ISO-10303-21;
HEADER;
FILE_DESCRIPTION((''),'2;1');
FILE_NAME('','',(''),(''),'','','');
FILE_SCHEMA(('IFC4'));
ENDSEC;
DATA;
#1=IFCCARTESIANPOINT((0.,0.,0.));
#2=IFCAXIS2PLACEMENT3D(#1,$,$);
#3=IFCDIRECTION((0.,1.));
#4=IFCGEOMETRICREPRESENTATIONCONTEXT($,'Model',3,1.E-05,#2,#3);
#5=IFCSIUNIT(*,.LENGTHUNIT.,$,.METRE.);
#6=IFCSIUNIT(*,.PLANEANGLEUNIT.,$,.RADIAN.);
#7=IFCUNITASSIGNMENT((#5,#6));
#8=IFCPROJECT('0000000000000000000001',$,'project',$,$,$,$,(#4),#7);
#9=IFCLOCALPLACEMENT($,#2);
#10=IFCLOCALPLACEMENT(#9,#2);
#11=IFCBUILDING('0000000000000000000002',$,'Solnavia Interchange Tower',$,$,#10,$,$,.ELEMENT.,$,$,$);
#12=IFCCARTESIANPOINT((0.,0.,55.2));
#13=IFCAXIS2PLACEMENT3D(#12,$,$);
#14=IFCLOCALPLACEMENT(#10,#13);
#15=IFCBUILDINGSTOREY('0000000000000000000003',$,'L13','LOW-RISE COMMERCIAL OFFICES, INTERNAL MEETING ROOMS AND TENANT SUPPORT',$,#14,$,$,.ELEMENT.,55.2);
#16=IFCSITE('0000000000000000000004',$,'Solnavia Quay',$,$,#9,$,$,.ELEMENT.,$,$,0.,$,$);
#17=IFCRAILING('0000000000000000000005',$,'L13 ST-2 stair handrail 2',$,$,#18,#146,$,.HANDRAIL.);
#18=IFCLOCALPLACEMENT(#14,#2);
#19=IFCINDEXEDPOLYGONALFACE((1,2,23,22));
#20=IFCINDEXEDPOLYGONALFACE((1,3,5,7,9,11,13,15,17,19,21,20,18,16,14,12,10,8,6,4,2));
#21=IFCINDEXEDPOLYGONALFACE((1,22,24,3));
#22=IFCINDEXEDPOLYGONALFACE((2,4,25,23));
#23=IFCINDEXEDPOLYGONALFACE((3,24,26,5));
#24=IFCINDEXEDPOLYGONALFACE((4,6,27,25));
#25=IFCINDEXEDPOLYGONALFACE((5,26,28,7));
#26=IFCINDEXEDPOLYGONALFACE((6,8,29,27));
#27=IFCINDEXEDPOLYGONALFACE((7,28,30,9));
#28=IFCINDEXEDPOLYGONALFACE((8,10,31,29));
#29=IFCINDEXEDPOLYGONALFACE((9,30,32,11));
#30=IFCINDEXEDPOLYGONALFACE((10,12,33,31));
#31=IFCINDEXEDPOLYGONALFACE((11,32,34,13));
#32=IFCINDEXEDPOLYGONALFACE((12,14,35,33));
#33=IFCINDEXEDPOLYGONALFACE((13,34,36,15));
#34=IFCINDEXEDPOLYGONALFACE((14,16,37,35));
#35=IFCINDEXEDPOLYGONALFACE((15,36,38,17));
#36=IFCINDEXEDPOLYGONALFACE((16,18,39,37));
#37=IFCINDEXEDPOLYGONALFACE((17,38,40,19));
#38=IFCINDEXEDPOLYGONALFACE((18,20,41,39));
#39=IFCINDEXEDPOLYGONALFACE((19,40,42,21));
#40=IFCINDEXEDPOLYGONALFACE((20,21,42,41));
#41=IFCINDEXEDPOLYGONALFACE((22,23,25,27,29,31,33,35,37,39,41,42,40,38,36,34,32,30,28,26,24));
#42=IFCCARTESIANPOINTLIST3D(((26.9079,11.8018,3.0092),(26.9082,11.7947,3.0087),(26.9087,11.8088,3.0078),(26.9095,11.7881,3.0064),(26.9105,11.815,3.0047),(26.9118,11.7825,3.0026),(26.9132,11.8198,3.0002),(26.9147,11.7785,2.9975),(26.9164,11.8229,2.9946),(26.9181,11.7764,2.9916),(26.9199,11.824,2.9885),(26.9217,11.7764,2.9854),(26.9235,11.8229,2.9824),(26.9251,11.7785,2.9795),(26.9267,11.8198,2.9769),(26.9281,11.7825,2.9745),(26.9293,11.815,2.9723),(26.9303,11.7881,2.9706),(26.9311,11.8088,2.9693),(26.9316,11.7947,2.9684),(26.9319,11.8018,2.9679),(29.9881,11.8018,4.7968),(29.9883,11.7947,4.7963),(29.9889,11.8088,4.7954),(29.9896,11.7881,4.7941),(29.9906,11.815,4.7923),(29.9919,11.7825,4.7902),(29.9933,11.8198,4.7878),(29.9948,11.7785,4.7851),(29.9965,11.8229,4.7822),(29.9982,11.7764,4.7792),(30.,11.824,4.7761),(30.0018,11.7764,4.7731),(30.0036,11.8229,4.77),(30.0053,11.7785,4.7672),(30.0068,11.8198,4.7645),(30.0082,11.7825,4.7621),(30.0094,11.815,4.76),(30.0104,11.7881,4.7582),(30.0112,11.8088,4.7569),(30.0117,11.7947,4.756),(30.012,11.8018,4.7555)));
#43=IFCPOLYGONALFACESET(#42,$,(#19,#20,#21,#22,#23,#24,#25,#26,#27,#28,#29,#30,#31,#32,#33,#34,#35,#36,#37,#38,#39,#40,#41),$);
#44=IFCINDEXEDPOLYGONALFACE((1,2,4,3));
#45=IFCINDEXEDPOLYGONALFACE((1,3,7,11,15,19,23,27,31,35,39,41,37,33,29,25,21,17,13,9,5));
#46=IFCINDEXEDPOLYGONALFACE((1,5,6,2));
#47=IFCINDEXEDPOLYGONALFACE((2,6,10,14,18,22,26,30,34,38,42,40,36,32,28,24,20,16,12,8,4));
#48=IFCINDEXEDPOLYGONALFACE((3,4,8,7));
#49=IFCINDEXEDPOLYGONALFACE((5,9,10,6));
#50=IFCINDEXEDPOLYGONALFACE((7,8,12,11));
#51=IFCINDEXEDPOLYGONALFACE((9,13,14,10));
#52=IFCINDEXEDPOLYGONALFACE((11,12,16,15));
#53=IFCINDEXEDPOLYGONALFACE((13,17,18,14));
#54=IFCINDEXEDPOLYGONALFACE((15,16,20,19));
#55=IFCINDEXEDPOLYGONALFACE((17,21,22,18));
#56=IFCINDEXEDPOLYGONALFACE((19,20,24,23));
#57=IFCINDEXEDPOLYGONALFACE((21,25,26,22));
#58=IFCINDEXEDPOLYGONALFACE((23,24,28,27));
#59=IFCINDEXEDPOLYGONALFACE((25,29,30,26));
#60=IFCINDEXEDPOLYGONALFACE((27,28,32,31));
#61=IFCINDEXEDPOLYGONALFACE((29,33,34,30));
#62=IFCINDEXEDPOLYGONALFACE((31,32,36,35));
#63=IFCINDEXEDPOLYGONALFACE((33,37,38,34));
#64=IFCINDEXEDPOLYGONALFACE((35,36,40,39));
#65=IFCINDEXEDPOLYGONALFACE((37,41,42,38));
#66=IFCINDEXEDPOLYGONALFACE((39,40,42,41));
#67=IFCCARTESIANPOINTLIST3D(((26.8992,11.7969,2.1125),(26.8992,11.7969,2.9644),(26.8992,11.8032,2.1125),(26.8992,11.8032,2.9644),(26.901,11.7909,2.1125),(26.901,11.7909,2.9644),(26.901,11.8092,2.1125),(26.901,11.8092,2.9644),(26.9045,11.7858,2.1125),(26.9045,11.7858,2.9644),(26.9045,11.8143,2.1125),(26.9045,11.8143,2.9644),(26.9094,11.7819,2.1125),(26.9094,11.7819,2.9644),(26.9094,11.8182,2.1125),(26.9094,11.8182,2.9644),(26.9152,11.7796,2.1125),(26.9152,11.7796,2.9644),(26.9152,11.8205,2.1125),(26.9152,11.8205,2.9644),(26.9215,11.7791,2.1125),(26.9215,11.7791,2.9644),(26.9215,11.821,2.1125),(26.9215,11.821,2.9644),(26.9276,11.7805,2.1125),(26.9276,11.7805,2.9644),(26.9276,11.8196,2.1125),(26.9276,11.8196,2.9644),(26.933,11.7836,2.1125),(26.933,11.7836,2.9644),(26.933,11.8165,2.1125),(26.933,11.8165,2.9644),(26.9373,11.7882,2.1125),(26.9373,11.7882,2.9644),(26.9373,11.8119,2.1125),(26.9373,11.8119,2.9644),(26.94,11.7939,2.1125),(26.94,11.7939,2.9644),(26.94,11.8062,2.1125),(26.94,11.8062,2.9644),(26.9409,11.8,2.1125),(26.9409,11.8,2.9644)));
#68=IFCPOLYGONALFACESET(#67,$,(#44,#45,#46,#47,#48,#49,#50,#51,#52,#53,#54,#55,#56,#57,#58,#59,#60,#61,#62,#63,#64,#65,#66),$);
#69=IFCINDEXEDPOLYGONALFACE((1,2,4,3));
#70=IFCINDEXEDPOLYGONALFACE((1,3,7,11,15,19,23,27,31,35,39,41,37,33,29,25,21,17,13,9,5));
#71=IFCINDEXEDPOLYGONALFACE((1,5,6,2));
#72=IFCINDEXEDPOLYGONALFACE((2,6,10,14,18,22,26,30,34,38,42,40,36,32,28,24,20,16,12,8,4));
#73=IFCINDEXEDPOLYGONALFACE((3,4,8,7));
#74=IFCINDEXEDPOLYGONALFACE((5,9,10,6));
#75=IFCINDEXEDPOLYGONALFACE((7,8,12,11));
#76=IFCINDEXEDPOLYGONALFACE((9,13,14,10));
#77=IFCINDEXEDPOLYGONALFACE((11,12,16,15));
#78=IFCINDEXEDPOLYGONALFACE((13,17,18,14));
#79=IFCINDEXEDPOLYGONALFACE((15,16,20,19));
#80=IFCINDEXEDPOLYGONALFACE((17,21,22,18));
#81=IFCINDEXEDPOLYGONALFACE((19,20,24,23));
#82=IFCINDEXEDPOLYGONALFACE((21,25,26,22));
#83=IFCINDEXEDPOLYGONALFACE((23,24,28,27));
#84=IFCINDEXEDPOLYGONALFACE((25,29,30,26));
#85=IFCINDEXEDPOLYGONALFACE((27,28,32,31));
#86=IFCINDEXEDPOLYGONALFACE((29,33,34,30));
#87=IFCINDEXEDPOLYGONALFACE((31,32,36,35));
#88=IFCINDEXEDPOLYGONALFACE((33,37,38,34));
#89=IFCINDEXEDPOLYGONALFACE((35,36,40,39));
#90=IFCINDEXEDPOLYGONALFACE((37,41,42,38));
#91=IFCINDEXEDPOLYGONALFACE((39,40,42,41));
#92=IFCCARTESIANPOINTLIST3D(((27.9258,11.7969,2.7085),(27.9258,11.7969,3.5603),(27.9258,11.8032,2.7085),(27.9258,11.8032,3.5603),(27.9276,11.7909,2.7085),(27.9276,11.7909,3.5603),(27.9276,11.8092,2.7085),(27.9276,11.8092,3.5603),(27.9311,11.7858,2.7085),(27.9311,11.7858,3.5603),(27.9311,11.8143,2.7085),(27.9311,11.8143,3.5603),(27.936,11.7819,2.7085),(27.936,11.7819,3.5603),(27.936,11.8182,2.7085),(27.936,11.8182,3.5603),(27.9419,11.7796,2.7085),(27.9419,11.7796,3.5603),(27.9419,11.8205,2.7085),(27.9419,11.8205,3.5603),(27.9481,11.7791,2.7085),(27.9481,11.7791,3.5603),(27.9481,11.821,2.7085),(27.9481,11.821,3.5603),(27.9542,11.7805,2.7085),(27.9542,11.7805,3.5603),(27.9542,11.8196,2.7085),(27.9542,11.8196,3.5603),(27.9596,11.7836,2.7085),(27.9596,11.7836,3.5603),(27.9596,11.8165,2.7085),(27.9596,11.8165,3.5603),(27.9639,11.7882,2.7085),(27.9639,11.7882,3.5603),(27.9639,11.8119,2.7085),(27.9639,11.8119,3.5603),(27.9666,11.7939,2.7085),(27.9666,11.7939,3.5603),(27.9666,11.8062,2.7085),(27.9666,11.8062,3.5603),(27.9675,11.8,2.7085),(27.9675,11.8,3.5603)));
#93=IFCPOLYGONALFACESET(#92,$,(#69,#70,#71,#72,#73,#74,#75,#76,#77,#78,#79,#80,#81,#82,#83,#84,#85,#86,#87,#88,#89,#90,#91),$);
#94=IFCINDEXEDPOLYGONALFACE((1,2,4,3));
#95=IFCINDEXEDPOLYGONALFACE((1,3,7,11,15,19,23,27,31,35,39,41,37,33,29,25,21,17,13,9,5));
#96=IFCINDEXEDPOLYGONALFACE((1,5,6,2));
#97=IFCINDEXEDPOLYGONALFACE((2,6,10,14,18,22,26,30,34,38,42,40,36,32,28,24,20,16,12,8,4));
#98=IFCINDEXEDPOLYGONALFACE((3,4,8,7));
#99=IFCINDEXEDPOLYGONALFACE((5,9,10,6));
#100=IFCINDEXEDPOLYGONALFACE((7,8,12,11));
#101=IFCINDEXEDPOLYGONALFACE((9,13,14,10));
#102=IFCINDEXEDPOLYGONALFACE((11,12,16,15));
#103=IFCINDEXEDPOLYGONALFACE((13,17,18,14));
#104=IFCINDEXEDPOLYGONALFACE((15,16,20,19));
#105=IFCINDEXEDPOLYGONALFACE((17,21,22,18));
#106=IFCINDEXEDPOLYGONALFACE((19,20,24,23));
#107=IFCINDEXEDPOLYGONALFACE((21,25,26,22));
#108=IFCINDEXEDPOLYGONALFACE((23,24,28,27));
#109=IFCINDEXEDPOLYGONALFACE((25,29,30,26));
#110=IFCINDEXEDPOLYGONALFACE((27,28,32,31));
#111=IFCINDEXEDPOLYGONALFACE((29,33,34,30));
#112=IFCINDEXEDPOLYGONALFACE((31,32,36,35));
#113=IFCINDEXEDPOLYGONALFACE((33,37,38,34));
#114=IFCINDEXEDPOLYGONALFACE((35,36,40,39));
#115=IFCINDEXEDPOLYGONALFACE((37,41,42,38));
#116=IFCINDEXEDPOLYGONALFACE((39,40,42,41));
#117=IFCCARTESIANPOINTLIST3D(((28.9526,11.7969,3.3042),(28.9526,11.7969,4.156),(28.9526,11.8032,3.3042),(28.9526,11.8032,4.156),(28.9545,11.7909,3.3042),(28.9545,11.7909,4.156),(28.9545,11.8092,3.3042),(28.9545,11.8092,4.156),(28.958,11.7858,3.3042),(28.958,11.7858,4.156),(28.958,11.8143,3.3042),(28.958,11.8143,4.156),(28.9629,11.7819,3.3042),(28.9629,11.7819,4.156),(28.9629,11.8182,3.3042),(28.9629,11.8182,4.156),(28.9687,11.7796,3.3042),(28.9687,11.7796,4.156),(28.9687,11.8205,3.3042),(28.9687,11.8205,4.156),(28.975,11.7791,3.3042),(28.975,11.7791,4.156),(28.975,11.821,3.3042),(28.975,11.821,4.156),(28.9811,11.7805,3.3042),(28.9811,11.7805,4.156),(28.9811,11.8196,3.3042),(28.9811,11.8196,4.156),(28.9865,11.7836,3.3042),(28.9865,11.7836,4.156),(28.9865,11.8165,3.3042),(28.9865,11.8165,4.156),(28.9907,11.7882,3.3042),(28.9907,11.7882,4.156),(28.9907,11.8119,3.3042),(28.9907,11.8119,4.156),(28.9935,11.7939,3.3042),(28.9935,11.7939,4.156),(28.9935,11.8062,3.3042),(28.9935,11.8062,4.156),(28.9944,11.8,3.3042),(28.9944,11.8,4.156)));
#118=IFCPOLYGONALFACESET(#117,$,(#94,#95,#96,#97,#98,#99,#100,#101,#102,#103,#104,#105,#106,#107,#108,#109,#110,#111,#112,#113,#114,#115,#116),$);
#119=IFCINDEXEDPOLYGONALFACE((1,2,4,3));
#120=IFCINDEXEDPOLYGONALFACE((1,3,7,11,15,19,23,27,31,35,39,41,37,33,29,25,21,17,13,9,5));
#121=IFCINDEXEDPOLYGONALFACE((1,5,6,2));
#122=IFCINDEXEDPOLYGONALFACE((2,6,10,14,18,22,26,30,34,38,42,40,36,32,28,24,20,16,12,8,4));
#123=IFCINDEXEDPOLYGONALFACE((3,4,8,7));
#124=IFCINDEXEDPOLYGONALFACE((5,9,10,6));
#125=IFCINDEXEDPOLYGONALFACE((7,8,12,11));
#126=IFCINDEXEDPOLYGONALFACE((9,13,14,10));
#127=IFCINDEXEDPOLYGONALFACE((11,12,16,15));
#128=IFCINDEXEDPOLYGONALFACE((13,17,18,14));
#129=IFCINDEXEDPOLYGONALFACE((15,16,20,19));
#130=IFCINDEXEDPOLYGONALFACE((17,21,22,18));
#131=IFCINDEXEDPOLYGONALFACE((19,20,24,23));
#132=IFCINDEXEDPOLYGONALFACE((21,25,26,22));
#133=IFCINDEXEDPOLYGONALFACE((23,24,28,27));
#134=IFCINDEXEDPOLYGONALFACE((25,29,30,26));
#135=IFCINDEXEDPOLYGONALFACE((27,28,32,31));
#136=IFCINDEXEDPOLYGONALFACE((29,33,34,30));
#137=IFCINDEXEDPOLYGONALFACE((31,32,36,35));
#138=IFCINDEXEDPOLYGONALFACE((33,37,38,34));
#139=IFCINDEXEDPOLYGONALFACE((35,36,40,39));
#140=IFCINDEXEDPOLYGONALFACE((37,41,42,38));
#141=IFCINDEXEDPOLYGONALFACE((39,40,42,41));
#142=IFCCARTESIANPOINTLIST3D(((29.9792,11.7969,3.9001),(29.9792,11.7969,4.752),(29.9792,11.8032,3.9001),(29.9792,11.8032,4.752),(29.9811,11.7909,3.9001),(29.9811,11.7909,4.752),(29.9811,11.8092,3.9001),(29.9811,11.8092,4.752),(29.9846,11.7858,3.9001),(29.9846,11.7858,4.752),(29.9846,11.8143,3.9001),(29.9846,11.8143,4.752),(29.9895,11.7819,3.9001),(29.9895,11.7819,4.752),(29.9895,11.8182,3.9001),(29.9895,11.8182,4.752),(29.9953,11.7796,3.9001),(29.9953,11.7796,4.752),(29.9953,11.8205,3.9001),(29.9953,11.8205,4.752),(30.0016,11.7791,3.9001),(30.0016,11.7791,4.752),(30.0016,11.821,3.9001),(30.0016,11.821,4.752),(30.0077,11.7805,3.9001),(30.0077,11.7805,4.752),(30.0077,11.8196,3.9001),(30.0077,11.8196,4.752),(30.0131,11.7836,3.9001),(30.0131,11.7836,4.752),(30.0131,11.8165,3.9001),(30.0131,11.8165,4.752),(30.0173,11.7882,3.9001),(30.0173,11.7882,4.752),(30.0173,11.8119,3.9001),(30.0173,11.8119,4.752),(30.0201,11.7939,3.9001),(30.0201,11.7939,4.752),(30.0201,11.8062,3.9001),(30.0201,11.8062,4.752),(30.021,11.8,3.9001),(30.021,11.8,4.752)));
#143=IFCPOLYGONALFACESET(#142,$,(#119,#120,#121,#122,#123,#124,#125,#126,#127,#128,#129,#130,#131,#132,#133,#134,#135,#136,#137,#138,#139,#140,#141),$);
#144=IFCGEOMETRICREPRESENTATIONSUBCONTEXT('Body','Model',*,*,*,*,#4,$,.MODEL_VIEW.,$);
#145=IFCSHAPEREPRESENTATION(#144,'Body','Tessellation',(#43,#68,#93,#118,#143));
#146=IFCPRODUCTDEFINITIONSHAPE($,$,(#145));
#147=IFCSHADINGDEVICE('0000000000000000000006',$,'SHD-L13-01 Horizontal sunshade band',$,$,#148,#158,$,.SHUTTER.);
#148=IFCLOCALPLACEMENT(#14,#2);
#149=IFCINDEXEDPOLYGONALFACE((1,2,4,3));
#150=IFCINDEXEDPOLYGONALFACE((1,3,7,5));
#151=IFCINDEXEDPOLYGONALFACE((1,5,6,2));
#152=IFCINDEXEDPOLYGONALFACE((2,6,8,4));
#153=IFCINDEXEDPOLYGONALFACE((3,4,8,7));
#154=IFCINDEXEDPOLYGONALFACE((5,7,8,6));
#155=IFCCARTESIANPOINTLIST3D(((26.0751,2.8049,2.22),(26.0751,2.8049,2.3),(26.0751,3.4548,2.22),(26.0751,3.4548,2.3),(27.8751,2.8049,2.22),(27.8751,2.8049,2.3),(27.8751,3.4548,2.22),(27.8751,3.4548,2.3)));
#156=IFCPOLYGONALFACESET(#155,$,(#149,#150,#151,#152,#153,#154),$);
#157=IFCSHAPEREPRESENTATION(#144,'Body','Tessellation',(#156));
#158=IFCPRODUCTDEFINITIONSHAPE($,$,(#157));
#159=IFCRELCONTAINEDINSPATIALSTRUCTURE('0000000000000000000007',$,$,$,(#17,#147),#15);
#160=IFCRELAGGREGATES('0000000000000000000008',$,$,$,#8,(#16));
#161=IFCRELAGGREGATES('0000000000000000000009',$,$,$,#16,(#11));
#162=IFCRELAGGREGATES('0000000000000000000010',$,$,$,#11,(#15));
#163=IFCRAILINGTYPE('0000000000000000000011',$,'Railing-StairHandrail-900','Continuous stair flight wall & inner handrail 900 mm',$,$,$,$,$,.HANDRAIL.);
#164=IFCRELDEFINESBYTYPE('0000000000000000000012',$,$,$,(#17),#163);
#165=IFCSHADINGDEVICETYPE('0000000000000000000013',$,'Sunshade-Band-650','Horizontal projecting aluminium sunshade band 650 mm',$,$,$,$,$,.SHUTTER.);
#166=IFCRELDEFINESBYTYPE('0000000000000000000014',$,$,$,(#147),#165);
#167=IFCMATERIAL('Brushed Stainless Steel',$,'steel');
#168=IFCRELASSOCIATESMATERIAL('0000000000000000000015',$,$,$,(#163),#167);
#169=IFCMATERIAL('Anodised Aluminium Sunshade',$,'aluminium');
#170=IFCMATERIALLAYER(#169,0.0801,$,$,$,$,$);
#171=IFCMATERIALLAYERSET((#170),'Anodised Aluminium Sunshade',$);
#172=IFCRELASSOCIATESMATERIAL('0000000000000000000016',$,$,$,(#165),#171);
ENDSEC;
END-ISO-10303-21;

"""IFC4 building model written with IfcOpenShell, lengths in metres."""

from ifc_helpers import new_model, si_unit, direction, frame, origin, origin_2d, place, context, subcontext, project, spatial, rectangle, circle, extrude, material, layer, layer_set, type_object, element, save


model = new_model("IFC4")

# Units and contexts
model_context = context("Model", 3, precision=1e-05, world=origin(), true_north=direction((0.0, 1.0)))
body_context = subcontext(model_context, "Body", "Model", "MODEL_VIEW")
ifc_project = project(units=[si_unit("LENGTHUNIT", "METRE"), si_unit("PLANEANGLEUNIT", "RADIAN")], contexts=[model_context])

# Site, building, storey
site_placement = place(None, origin())
site = spatial("IfcSite", under=ifc_project, at=site_placement, Name="Solnavia Quay", CompositionType="ELEMENT", RefElevation=0.0)
building_placement = place(site_placement, origin())
building = spatial("IfcBuilding", under=site, at=building_placement, Name="Solnavia Interchange Tower", CompositionType="ELEMENT")
storey_placement = place(building_placement, frame((0.0, 0.0, 55.2)))
storey = spatial("IfcBuildingStorey", under=building, at=storey_placement, Name="L13", Description="LOW-RISE COMMERCIAL OFFICES, INTERNAL MEETING ROOMS AND TENANT SUPPORT", CompositionType="ELEMENT", Elevation=55.2)

# Railing
ifc_material_1 = material(Name="Brushed Stainless Steel", Category="steel")
railing_type_1 = type_object("IfcRailingType", Name="Railing-StairHandrail-900", Description="Continuous stair flight wall & inner handrail 900 mm", PredefinedType="HANDRAIL", material=ifc_material_1)
railing_1_placement = place(storey_placement, frame((26.9199, 11.8, 2.1125)))
element("IfcRailing", 1, at=railing_1_placement, inside=storey, type_object=railing_type_1, Name="L13 ST-2 stair handrail 2", PredefinedType="HANDRAIL", context=body_context, shape_type="SweptSolid", body=[
    extrude(circle(Radius=0.0239, at=origin_2d()), frame((0.0, 0.0, 0.876), z_axis=(0.864891, 0.0, 0.50196), x_axis=(0.0, 1.0, 0.0)), (0.0, 0.0, 1.0), 3.5613),
    extrude(circle(Radius=0.021, at=origin_2d()), origin(), (0.0, 0.0, 1.0), 0.8518),
    extrude(circle(Radius=0.021, at=origin_2d()), frame((1.0266, 0.0, 0.5959)), (0.0, 0.0, 1.0), 0.8518),
    extrude(circle(Radius=0.021, at=origin_2d()), frame((2.0535, 0.0, 1.1917)), (0.0, 0.0, 1.0), 0.8518),
    extrude(circle(Radius=0.021, at=origin_2d()), frame((3.0801, 0.0, 1.7876)), (0.0, 0.0, 1.0), 0.8518),
])

# Shading device
ifc_material_2 = material(Name="Anodised Aluminium Sunshade", Category="aluminium")
ifc_layer_1 = layer(ifc_material_2, 0.0801)
ifc_layer_set_1 = layer_set([ifc_layer_1], Name="Anodised Aluminium Sunshade")
shading_device_type = type_object("IfcShadingDeviceType", Name="Sunshade-Band-650", Description="Horizontal projecting aluminium sunshade band 650 mm", PredefinedType="SHUTTER", material=ifc_layer_set_1)
shading_device_placement = place(storey_placement, frame((26.9751, 3.1299, 2.22), z_axis=(0.0, 0.0, 1.0), x_axis=(-1.0, 0.0, 0.0)))
element("IfcShadingDevice", 2, at=shading_device_placement, inside=storey, type_object=shading_device_type, Name="SHD-L13-01 Horizontal sunshade band", PredefinedType="SHUTTER", context=body_context, shape_type="SweptSolid", body=[
    extrude(rectangle(XDim=1.8, YDim=0.6499, at=origin_2d()), origin(), (0.0, 0.0, 1.0), 0.0801),
])

save(model, "model.ifc")
